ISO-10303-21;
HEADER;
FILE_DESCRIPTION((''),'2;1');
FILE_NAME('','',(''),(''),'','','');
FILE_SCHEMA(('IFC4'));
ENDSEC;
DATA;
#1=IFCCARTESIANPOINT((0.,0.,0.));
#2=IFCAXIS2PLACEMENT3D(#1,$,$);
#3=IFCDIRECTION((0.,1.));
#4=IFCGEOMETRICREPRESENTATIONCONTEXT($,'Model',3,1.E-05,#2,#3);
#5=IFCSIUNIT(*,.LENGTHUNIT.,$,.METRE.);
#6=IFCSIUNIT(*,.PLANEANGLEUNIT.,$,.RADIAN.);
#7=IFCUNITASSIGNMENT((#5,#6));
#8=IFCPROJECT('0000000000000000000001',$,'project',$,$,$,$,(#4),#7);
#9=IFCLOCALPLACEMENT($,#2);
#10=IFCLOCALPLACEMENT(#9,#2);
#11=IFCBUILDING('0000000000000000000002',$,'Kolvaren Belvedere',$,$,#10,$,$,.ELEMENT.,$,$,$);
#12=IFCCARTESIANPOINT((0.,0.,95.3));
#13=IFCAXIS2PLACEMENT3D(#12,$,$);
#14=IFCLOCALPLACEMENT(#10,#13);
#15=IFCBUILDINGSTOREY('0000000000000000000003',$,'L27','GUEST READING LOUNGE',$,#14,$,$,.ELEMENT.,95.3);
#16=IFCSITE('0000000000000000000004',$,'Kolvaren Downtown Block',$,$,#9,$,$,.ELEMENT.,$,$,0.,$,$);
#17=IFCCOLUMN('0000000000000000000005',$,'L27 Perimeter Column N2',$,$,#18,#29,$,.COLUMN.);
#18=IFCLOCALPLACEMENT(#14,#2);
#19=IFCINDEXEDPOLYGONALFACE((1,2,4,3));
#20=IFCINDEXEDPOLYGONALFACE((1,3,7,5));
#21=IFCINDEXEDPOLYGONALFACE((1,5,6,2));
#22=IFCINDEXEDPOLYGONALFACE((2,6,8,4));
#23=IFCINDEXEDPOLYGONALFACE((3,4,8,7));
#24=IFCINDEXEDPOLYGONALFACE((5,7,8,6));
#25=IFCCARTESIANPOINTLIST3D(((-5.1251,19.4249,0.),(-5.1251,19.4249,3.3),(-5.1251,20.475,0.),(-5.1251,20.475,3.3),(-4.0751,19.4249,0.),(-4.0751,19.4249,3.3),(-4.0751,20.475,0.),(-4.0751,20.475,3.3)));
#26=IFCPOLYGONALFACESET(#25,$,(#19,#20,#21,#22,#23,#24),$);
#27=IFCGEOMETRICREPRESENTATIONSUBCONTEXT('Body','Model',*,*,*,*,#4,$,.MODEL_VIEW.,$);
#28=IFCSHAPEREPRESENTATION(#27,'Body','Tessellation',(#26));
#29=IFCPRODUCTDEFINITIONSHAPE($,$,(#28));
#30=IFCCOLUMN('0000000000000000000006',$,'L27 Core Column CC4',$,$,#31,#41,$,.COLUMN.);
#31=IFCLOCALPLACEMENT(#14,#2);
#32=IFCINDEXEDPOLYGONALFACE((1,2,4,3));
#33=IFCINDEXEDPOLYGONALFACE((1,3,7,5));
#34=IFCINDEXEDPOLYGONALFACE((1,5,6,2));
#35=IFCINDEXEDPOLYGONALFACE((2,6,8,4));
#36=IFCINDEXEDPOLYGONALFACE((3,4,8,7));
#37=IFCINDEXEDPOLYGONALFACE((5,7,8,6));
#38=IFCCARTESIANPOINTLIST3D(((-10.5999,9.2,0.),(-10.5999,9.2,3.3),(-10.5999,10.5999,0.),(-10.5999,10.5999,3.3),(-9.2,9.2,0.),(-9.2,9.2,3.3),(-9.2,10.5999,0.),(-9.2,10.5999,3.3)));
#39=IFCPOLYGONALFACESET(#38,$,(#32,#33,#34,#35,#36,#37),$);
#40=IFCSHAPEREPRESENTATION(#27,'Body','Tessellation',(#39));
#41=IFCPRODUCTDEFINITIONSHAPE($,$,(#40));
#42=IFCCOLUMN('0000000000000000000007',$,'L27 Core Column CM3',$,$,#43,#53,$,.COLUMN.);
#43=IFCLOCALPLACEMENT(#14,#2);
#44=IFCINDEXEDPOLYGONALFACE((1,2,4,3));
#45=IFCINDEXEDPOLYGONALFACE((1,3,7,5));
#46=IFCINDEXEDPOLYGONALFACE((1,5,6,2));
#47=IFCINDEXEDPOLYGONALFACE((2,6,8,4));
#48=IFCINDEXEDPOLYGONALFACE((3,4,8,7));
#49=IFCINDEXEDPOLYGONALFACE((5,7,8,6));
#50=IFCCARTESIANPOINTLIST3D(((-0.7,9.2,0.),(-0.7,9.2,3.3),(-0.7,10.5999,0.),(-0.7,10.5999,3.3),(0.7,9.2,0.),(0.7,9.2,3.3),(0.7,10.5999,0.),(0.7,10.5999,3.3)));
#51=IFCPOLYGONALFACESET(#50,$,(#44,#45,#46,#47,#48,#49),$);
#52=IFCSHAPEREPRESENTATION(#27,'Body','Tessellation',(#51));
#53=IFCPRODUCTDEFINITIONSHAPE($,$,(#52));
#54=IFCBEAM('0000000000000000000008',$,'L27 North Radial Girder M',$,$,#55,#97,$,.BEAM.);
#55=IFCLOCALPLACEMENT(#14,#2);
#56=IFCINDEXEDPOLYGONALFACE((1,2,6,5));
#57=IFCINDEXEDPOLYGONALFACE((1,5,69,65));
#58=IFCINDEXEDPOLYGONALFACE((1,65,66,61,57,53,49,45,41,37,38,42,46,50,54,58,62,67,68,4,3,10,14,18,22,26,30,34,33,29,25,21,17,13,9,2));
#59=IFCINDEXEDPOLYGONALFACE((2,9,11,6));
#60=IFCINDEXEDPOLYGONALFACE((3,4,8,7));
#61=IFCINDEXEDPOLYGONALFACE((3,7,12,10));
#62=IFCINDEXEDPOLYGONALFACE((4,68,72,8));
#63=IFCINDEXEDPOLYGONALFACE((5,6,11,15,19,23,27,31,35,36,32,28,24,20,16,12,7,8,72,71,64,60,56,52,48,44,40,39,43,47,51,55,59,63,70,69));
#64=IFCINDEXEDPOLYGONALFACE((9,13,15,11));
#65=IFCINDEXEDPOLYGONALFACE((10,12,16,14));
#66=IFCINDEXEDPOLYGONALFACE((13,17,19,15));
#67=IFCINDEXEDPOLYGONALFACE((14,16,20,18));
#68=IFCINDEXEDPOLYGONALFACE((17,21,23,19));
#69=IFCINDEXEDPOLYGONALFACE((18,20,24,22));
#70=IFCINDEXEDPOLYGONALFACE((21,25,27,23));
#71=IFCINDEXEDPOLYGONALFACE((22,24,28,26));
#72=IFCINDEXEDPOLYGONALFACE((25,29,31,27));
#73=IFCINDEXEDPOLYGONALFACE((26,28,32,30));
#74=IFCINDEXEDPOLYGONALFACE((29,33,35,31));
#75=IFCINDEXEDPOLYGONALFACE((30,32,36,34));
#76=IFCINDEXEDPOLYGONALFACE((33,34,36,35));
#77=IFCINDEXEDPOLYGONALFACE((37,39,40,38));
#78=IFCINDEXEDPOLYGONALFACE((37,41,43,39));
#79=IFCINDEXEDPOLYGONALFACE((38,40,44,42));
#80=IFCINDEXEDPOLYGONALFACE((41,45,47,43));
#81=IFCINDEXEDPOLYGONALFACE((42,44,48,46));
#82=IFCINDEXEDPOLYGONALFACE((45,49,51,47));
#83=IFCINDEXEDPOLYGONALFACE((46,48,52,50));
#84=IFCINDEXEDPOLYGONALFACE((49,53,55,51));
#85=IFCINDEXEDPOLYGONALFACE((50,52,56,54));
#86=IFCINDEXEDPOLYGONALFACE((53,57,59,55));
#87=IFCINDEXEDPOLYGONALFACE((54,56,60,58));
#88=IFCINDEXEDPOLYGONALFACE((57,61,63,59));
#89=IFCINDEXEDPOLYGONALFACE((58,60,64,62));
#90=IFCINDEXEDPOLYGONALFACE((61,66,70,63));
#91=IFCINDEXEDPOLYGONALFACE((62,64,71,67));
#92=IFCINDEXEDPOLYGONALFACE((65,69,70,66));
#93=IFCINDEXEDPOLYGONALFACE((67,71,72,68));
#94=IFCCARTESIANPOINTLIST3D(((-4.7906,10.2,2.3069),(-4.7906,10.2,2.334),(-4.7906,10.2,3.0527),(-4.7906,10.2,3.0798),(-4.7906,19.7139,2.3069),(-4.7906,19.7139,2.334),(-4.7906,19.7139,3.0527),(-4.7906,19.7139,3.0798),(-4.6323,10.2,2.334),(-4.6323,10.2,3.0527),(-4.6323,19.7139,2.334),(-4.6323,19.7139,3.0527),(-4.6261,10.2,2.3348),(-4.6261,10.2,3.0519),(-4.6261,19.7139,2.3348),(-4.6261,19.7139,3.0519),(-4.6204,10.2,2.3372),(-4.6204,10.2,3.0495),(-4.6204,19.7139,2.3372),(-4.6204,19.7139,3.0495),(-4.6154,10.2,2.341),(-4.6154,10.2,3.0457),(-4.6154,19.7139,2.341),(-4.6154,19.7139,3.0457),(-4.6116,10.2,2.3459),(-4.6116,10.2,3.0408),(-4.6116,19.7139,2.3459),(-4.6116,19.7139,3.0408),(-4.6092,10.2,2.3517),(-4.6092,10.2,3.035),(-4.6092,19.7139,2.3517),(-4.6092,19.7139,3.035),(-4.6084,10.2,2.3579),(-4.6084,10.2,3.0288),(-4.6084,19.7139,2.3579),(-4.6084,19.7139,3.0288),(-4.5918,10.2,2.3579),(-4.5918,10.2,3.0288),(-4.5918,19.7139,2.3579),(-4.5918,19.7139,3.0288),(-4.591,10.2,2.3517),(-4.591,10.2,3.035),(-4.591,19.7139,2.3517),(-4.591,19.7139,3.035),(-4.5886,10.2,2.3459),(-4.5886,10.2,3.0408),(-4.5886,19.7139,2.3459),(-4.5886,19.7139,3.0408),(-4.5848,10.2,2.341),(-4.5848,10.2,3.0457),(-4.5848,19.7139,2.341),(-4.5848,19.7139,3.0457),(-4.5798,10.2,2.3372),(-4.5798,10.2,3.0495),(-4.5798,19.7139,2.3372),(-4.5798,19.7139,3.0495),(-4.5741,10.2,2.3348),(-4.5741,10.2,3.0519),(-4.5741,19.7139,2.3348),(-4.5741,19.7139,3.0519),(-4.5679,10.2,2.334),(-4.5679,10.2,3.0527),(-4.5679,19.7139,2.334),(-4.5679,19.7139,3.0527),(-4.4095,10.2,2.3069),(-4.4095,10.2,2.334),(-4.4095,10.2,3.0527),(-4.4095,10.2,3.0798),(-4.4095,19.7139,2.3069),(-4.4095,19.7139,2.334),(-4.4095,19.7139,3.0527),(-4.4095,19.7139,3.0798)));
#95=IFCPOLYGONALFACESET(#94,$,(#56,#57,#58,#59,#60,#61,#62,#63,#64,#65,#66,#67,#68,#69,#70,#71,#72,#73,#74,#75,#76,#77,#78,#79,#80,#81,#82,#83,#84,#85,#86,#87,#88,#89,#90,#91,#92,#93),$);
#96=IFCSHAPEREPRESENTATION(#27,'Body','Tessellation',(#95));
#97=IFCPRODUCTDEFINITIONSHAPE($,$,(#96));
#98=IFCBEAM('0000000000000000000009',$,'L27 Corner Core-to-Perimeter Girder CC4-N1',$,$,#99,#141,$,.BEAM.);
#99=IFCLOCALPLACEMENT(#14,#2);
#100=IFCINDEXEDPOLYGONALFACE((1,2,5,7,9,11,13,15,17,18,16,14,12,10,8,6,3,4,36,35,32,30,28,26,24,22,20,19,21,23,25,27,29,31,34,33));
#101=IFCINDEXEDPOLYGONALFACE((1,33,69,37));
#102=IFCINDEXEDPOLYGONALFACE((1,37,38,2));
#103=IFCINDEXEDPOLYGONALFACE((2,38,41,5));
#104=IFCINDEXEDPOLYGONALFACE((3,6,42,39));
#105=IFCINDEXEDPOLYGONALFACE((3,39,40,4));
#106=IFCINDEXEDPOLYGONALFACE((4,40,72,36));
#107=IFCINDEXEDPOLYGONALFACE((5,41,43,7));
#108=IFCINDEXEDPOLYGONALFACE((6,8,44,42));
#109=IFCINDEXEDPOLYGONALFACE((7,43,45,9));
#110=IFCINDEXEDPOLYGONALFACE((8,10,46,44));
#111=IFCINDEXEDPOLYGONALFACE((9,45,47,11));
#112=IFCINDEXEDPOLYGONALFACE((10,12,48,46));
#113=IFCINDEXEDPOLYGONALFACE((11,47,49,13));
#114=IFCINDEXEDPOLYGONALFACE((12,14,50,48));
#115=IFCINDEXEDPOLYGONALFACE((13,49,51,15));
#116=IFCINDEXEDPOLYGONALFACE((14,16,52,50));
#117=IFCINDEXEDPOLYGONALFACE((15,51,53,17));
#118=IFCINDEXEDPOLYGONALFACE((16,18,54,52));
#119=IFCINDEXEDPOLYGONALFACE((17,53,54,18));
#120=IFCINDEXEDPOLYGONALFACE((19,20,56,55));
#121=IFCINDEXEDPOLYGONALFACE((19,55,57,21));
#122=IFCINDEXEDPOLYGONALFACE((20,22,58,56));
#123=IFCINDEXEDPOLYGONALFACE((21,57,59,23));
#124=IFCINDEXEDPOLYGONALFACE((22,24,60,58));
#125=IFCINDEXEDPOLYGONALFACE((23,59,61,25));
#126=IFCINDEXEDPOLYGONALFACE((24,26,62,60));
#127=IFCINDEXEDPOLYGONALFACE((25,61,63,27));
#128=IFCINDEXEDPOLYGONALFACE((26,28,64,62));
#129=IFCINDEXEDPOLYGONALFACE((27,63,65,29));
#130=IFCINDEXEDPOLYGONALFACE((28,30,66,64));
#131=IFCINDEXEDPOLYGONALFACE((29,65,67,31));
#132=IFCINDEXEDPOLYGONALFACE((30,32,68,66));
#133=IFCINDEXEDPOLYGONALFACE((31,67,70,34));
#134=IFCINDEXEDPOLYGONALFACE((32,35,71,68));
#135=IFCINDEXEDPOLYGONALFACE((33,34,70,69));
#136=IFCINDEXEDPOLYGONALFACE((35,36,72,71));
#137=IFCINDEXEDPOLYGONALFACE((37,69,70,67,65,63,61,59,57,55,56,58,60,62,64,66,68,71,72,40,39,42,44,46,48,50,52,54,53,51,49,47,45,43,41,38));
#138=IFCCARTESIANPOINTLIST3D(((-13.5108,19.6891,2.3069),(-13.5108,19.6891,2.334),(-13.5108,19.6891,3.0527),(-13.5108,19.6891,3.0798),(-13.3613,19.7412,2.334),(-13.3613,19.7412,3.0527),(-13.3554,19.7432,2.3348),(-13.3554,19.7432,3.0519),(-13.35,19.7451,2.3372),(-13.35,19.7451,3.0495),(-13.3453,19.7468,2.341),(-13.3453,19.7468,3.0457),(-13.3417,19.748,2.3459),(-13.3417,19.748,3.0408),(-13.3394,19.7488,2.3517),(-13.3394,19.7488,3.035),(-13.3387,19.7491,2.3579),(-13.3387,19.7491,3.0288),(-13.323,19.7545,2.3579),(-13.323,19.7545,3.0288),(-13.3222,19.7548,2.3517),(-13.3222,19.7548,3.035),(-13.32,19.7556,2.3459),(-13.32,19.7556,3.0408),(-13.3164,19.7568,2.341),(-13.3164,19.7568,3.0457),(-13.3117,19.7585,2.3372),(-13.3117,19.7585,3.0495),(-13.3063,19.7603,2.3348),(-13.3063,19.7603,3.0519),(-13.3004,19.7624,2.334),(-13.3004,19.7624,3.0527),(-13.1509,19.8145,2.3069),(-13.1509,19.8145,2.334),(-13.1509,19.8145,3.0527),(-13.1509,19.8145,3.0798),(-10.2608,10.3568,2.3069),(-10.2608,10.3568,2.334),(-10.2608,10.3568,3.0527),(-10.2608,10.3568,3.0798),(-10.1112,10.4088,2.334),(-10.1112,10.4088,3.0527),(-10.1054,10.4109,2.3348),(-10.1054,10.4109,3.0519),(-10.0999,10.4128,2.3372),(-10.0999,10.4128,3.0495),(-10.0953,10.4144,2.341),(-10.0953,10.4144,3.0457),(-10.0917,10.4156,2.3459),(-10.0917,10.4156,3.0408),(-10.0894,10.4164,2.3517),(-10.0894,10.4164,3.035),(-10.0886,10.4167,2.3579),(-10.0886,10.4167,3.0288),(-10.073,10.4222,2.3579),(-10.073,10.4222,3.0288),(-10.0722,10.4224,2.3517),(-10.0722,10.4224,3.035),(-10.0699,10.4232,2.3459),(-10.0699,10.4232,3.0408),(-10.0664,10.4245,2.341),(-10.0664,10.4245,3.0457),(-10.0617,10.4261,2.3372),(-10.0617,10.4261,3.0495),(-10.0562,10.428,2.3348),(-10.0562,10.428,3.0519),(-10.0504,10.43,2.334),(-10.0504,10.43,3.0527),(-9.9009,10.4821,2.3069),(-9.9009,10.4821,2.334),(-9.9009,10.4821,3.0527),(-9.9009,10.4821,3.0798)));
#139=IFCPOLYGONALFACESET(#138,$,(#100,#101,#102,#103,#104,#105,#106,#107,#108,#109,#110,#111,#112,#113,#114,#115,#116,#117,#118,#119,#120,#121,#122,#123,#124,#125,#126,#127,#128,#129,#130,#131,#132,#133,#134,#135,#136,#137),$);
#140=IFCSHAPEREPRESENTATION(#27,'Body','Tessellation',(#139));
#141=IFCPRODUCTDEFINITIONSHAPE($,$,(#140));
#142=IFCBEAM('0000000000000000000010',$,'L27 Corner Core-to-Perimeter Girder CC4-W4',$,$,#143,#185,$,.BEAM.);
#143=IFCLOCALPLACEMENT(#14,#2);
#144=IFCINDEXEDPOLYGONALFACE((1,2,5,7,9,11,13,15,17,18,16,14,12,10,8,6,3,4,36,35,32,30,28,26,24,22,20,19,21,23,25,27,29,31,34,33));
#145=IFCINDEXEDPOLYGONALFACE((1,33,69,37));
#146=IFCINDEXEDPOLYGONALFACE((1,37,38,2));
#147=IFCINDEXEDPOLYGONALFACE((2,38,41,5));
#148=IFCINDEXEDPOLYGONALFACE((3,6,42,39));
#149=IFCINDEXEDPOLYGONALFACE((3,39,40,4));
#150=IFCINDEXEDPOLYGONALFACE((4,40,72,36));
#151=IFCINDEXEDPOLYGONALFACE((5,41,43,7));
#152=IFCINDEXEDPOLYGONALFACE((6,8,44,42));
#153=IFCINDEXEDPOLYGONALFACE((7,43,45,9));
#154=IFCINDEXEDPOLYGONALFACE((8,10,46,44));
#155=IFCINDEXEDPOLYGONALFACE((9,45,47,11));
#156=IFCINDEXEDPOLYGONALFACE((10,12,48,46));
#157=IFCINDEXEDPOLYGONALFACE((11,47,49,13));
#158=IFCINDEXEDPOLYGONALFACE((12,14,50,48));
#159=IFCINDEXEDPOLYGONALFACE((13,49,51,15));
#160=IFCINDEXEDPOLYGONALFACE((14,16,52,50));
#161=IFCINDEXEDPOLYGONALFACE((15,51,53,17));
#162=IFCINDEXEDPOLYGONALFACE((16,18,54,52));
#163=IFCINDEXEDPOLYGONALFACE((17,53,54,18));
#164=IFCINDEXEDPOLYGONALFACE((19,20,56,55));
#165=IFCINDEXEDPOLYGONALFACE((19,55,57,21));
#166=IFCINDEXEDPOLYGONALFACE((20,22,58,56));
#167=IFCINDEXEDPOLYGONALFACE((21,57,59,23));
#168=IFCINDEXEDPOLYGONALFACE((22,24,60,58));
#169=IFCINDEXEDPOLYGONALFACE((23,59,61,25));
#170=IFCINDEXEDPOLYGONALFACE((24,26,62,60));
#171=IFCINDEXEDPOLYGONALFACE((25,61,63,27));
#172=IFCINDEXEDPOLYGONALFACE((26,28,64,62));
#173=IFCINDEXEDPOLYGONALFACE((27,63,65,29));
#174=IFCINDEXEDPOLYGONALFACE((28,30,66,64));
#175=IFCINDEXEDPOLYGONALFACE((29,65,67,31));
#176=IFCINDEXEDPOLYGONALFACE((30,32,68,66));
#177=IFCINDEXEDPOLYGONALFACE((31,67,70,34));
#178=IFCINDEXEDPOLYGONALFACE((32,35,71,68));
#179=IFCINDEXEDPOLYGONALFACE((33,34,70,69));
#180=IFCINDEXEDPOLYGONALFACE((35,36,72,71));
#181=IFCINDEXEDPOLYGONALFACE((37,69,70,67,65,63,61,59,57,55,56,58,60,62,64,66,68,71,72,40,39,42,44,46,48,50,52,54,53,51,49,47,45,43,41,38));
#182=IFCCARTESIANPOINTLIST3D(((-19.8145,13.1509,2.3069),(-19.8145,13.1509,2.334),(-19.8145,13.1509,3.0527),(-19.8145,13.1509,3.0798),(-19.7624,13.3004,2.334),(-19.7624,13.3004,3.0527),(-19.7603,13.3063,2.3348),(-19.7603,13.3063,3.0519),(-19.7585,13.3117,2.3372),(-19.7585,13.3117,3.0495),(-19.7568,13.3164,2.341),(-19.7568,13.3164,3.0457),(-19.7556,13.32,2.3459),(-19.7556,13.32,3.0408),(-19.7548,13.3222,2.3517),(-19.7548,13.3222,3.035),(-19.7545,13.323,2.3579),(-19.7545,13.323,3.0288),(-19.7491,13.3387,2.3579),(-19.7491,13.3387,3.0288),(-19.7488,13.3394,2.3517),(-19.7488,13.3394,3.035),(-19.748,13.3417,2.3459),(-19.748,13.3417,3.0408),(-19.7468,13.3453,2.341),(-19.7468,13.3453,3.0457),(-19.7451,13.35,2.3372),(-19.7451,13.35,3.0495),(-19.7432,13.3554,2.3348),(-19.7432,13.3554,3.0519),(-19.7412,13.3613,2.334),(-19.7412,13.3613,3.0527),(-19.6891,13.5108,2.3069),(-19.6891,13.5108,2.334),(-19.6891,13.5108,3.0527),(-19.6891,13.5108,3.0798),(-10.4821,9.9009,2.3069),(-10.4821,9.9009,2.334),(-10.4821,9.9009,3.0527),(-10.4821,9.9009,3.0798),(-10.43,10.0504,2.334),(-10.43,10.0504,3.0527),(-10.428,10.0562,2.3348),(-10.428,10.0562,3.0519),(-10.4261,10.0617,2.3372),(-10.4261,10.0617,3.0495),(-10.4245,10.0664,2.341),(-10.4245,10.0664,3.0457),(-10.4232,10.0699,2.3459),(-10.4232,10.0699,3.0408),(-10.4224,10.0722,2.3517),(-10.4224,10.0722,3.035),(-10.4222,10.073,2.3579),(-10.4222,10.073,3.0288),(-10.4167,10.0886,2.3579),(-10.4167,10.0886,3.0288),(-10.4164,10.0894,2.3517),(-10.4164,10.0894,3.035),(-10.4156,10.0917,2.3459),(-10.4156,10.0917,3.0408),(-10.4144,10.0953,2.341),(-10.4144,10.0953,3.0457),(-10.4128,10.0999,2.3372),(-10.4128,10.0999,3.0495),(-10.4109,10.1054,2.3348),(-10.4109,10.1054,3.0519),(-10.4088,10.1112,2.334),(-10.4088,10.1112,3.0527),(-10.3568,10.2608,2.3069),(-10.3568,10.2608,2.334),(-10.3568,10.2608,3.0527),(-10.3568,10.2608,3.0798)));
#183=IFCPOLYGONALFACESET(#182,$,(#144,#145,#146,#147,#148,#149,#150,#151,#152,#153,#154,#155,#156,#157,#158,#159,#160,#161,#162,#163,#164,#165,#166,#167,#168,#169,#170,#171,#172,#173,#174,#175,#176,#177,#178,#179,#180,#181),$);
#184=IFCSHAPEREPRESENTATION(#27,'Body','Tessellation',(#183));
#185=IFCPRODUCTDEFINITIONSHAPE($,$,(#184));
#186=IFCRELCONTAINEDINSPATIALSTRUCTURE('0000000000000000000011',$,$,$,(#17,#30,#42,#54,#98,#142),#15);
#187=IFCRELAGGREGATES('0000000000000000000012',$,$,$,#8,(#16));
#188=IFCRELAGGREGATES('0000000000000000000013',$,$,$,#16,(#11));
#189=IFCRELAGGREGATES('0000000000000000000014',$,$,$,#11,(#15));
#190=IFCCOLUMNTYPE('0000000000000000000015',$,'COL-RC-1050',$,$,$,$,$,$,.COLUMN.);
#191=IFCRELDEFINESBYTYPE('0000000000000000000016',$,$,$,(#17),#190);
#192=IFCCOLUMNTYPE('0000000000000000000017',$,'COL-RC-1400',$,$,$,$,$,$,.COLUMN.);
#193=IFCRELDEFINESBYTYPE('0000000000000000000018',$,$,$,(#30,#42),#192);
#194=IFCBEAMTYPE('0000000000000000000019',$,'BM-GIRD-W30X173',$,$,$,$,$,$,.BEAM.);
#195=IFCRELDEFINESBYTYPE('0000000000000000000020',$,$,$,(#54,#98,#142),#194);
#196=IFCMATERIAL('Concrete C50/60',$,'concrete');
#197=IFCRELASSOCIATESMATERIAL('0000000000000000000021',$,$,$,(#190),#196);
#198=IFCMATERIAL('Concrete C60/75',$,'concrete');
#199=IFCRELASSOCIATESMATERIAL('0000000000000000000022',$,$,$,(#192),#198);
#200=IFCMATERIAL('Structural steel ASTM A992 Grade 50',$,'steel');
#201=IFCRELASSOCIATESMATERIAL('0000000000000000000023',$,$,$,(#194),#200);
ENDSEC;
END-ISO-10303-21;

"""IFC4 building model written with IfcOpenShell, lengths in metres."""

from ifc_helpers import new_model, si_unit, direction, frame, origin, origin_2d, place, context, subcontext, project, spatial, rectangle, i_section, extrude, material, material_profile, profile_set, type_object, element, save


model = new_model("IFC4")

# Units and contexts
model_context = context("Model", 3, precision=1e-05, world=origin(), true_north=direction((0.0, 1.0)))
body_context = subcontext(model_context, "Body", "Model", "MODEL_VIEW")
ifc_project = project(units=[si_unit("LENGTHUNIT", "METRE"), si_unit("PLANEANGLEUNIT", "RADIAN")], contexts=[model_context])

# Site, building, storey
site_placement = place(None, origin())
site = spatial("IfcSite", under=ifc_project, at=site_placement, Name="Kolvaren Downtown Block", CompositionType="ELEMENT", RefElevation=0.0)
building_placement = place(site_placement, origin())
building = spatial("IfcBuilding", under=site, at=building_placement, Name="Kolvaren Belvedere", CompositionType="ELEMENT")
storey_placement = place(building_placement, frame((0.0, 0.0, 95.3)))
storey = spatial("IfcBuildingStorey", under=building, at=storey_placement, Name="L27", Description="GUEST READING LOUNGE", CompositionType="ELEMENT", Elevation=95.3)

# Columns
ifc_material_1 = material(Name="Concrete C50/60", Category="concrete")
ifc_material_profile_1 = material_profile(ifc_material_1, rectangle(XDim=1.05, YDim=1.05, at=origin_2d()), Name="RC 1050X1050")
ifc_profile_set_1 = profile_set([ifc_material_profile_1], Name="Concrete C50/60")
column_type_1 = type_object("IfcColumnType", Name="COL-RC-1050", PredefinedType="COLUMN", material=ifc_profile_set_1)
column_placement = place(storey_placement, frame((-4.6001, 19.95, 0.0), z_axis=(0.0, 0.0, 1.0), x_axis=(1.0, 0.0, 0.0)))
element("IfcColumn", 1, at=column_placement, inside=storey, type_object=column_type_1, Name="L27 Perimeter Column N2", PredefinedType="COLUMN", context=body_context, shape_type="SweptSolid", body=[
    extrude(rectangle(XDim=1.05, YDim=1.05, at=origin_2d()), origin(), (0.0, 0.0, 1.0), 3.3),
])
ifc_material_2 = material(Name="Concrete C60/75", Category="concrete")
ifc_material_profile_2 = material_profile(ifc_material_2, rectangle(XDim=1.3999, YDim=1.3999, at=origin_2d()), Name="RC 1400X1400")
ifc_profile_set_2 = profile_set([ifc_material_profile_2], Name="Concrete C60/75")
column_type_2 = type_object("IfcColumnType", Name="COL-RC-1400", PredefinedType="COLUMN", material=ifc_profile_set_2)
for number, where, z_axis, x_axis, name in (
    (2, (-9.8999, 9.8999, 0.0), (0.0, 0.0, 1.0), (1.0, 0.0, 0.0), "L27 Core Column CC4"),
    (3, (0.0, 9.8999, 0.0), (0.0, 0.0, 1.0), (1.0, 0.0, 0.0), "L27 Core Column CM3"),
):
    element("IfcColumn", number, at=place(storey_placement, frame(where, z_axis=z_axis, x_axis=x_axis)), inside=storey, type_object=column_type_2, Name=name, PredefinedType="COLUMN", context=body_context, shape_type="SweptSolid", body=[
        extrude(rectangle(XDim=1.3999, YDim=1.3999, at=origin_2d()), origin(), (0.0, 0.0, 1.0), 3.3),
    ])

# Beams
ifc_material_3 = material(Name="Structural steel ASTM A992 Grade 50", Category="steel")
ifc_material_profile_3 = material_profile(ifc_material_3, i_section(OverallWidth=0.3811, OverallDepth=0.7729, WebThickness=0.0166, FlangeThickness=0.0271, FilletRadius=0.0239, at=origin_2d()), Name="W30X173")
ifc_profile_set_3 = profile_set([ifc_material_profile_3], Name="Structural steel ASTM A992 Grade 50")
beam_type_1 = type_object("IfcBeamType", Name="BM-GIRD-W30X173", PredefinedType="BEAM", material=ifc_profile_set_3)
beam_1_placement = place(storey_placement, frame((-4.6001, 10.2, 2.6934), z_axis=(0.0, 1.0, 0.0), x_axis=(-1.0, 0.0, 0.0)))
element("IfcBeam", 4, at=beam_1_placement, inside=storey, type_object=beam_type_1, Name="L27 North Radial Girder M", PredefinedType="BEAM", context=body_context, shape_type="SweptSolid", body=[
    extrude(i_section(OverallWidth=0.3811, OverallDepth=0.7729, WebThickness=0.0166, FlangeThickness=0.0271, FilletRadius=0.0239, at=origin_2d()), origin(), (0.0, 0.0, 1.0), 9.5139),
])
for number, where, z_axis, x_axis, name in (
    (5, (-10.0808, 10.4194, 2.6934), (-0.328881, 0.944371, 0.0), (-0.944371, -0.328881, 0.0), "L27 Corner Core-to-Perimeter Girder CC4-N1"),
    (6, (-10.4194, 10.0808, 2.6934), (-0.944371, 0.328881, 0.0), (-0.328881, -0.944371, 0.0), "L27 Corner Core-to-Perimeter Girder CC4-W4"),
):
    element("IfcBeam", number, at=place(storey_placement, frame(where, z_axis=z_axis, x_axis=x_axis)), inside=storey, type_object=beam_type_1, Name=name, PredefinedType="BEAM", context=body_context, shape_type="SweptSolid", body=[
        extrude(i_section(OverallWidth=0.3811, OverallDepth=0.7729, WebThickness=0.0166, FlangeThickness=0.0271, FilletRadius=0.0239, at=origin_2d()), origin(), (0.0, 0.0, 1.0), 9.8821),
    ])

save(model, "model.ifc")
